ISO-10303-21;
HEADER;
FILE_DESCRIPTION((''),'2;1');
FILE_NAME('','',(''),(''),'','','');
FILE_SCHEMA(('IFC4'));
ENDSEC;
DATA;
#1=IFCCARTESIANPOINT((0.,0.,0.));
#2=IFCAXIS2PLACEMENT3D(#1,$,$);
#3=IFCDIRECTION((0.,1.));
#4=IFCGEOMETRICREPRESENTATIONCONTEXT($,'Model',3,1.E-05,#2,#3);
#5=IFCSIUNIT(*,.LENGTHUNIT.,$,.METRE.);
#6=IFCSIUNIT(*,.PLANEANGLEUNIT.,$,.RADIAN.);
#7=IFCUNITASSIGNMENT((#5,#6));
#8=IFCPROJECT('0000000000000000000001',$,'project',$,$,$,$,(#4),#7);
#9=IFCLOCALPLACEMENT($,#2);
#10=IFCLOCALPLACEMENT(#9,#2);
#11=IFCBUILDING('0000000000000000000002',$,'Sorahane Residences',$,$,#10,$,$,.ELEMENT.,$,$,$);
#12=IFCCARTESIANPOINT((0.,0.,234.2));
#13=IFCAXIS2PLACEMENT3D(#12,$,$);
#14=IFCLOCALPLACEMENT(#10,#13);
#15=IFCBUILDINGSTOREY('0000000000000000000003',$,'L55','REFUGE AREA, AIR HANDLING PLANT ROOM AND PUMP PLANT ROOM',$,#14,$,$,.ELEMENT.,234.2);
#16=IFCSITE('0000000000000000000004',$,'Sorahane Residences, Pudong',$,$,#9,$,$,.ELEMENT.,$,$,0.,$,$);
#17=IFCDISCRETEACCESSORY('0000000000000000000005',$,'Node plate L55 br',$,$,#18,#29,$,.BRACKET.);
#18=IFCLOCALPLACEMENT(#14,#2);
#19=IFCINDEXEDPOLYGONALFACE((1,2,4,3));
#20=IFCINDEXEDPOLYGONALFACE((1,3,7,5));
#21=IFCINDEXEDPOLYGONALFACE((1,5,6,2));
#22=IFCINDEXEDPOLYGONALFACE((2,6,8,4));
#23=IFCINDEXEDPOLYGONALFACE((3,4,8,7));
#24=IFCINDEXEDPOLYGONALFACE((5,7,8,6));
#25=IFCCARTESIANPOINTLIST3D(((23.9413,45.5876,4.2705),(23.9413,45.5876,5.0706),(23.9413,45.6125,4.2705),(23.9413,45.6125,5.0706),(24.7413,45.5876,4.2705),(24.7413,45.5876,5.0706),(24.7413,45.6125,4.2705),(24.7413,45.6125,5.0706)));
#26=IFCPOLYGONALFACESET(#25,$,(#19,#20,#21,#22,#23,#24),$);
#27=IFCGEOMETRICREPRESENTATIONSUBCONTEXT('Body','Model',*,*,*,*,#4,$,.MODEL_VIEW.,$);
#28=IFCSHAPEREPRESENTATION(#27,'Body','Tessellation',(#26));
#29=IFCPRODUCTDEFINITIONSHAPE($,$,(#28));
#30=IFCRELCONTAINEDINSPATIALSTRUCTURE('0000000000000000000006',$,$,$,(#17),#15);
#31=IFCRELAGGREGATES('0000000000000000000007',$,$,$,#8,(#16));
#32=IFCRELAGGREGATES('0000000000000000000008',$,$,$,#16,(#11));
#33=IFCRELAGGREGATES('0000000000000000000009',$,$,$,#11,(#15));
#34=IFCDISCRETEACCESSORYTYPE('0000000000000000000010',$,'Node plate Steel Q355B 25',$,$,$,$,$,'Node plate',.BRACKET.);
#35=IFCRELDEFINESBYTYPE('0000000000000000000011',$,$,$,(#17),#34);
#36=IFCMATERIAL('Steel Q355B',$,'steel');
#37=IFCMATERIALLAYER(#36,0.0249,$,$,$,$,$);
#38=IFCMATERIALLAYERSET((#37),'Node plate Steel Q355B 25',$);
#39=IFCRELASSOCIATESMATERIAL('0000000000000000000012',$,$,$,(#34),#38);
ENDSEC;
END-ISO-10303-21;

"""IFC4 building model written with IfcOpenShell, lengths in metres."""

from ifc_helpers import new_model, si_unit, direction, frame, origin, origin_2d, place, context, subcontext, project, spatial, rectangle, extrude, material, layer, layer_set, type_object, element, save


model = new_model("IFC4")

# Units and contexts
model_context = context("Model", 3, precision=1e-05, world=origin(), true_north=direction((0.0, 1.0)))
body_context = subcontext(model_context, "Body", "Model", "MODEL_VIEW")
ifc_project = project(units=[si_unit("LENGTHUNIT", "METRE"), si_unit("PLANEANGLEUNIT", "RADIAN")], contexts=[model_context])

# Site, building, storey
site_placement = place(None, origin())
site = spatial("IfcSite", under=ifc_project, at=site_placement, Name="Sorahane Residences, Pudong", CompositionType="ELEMENT", RefElevation=0.0)
building_placement = place(site_placement, origin())
building = spatial("IfcBuilding", under=site, at=building_placement, Name="Sorahane Residences", CompositionType="ELEMENT")
storey_placement = place(building_placement, frame((0.0, 0.0, 234.2)))
storey = spatial("IfcBuildingStorey", under=building, at=storey_placement, Name="L55", Description="REFUGE AREA, AIR HANDLING PLANT ROOM AND PUMP PLANT ROOM", CompositionType="ELEMENT", Elevation=234.2)

# Discrete accessory
ifc_material_1 = material(Name="Steel Q355B", Category="steel")
ifc_layer_1 = layer(ifc_material_1, 0.0249)
ifc_layer_set_1 = layer_set([ifc_layer_1], Name="Node plate Steel Q355B 25")
discrete_accessory_type = type_object("IfcDiscreteAccessoryType", Name="Node plate Steel Q355B 25", ElementType="Node plate", PredefinedType="BRACKET", material=ifc_layer_set_1)
for number, where, z_axis, x_axis, name in (
    (1, (24.3413, 45.6001, 4.2705), (0.0, 0.0, 1.0), (1.0, 0.0, 0.0), "Node plate L55 br"),
):
    element("IfcDiscreteAccessory", number, at=place(storey_placement, frame(where, z_axis=z_axis, x_axis=x_axis)), inside=storey, type_object=discrete_accessory_type, Name=name, PredefinedType="BRACKET", context=body_context, shape_type="SweptSolid", body=[
        extrude(rectangle(XDim=0.8, YDim=0.0249, at=origin_2d()), origin(), (0.0, 0.0, 1.0), 0.8),
    ])

save(model, "model.ifc")
